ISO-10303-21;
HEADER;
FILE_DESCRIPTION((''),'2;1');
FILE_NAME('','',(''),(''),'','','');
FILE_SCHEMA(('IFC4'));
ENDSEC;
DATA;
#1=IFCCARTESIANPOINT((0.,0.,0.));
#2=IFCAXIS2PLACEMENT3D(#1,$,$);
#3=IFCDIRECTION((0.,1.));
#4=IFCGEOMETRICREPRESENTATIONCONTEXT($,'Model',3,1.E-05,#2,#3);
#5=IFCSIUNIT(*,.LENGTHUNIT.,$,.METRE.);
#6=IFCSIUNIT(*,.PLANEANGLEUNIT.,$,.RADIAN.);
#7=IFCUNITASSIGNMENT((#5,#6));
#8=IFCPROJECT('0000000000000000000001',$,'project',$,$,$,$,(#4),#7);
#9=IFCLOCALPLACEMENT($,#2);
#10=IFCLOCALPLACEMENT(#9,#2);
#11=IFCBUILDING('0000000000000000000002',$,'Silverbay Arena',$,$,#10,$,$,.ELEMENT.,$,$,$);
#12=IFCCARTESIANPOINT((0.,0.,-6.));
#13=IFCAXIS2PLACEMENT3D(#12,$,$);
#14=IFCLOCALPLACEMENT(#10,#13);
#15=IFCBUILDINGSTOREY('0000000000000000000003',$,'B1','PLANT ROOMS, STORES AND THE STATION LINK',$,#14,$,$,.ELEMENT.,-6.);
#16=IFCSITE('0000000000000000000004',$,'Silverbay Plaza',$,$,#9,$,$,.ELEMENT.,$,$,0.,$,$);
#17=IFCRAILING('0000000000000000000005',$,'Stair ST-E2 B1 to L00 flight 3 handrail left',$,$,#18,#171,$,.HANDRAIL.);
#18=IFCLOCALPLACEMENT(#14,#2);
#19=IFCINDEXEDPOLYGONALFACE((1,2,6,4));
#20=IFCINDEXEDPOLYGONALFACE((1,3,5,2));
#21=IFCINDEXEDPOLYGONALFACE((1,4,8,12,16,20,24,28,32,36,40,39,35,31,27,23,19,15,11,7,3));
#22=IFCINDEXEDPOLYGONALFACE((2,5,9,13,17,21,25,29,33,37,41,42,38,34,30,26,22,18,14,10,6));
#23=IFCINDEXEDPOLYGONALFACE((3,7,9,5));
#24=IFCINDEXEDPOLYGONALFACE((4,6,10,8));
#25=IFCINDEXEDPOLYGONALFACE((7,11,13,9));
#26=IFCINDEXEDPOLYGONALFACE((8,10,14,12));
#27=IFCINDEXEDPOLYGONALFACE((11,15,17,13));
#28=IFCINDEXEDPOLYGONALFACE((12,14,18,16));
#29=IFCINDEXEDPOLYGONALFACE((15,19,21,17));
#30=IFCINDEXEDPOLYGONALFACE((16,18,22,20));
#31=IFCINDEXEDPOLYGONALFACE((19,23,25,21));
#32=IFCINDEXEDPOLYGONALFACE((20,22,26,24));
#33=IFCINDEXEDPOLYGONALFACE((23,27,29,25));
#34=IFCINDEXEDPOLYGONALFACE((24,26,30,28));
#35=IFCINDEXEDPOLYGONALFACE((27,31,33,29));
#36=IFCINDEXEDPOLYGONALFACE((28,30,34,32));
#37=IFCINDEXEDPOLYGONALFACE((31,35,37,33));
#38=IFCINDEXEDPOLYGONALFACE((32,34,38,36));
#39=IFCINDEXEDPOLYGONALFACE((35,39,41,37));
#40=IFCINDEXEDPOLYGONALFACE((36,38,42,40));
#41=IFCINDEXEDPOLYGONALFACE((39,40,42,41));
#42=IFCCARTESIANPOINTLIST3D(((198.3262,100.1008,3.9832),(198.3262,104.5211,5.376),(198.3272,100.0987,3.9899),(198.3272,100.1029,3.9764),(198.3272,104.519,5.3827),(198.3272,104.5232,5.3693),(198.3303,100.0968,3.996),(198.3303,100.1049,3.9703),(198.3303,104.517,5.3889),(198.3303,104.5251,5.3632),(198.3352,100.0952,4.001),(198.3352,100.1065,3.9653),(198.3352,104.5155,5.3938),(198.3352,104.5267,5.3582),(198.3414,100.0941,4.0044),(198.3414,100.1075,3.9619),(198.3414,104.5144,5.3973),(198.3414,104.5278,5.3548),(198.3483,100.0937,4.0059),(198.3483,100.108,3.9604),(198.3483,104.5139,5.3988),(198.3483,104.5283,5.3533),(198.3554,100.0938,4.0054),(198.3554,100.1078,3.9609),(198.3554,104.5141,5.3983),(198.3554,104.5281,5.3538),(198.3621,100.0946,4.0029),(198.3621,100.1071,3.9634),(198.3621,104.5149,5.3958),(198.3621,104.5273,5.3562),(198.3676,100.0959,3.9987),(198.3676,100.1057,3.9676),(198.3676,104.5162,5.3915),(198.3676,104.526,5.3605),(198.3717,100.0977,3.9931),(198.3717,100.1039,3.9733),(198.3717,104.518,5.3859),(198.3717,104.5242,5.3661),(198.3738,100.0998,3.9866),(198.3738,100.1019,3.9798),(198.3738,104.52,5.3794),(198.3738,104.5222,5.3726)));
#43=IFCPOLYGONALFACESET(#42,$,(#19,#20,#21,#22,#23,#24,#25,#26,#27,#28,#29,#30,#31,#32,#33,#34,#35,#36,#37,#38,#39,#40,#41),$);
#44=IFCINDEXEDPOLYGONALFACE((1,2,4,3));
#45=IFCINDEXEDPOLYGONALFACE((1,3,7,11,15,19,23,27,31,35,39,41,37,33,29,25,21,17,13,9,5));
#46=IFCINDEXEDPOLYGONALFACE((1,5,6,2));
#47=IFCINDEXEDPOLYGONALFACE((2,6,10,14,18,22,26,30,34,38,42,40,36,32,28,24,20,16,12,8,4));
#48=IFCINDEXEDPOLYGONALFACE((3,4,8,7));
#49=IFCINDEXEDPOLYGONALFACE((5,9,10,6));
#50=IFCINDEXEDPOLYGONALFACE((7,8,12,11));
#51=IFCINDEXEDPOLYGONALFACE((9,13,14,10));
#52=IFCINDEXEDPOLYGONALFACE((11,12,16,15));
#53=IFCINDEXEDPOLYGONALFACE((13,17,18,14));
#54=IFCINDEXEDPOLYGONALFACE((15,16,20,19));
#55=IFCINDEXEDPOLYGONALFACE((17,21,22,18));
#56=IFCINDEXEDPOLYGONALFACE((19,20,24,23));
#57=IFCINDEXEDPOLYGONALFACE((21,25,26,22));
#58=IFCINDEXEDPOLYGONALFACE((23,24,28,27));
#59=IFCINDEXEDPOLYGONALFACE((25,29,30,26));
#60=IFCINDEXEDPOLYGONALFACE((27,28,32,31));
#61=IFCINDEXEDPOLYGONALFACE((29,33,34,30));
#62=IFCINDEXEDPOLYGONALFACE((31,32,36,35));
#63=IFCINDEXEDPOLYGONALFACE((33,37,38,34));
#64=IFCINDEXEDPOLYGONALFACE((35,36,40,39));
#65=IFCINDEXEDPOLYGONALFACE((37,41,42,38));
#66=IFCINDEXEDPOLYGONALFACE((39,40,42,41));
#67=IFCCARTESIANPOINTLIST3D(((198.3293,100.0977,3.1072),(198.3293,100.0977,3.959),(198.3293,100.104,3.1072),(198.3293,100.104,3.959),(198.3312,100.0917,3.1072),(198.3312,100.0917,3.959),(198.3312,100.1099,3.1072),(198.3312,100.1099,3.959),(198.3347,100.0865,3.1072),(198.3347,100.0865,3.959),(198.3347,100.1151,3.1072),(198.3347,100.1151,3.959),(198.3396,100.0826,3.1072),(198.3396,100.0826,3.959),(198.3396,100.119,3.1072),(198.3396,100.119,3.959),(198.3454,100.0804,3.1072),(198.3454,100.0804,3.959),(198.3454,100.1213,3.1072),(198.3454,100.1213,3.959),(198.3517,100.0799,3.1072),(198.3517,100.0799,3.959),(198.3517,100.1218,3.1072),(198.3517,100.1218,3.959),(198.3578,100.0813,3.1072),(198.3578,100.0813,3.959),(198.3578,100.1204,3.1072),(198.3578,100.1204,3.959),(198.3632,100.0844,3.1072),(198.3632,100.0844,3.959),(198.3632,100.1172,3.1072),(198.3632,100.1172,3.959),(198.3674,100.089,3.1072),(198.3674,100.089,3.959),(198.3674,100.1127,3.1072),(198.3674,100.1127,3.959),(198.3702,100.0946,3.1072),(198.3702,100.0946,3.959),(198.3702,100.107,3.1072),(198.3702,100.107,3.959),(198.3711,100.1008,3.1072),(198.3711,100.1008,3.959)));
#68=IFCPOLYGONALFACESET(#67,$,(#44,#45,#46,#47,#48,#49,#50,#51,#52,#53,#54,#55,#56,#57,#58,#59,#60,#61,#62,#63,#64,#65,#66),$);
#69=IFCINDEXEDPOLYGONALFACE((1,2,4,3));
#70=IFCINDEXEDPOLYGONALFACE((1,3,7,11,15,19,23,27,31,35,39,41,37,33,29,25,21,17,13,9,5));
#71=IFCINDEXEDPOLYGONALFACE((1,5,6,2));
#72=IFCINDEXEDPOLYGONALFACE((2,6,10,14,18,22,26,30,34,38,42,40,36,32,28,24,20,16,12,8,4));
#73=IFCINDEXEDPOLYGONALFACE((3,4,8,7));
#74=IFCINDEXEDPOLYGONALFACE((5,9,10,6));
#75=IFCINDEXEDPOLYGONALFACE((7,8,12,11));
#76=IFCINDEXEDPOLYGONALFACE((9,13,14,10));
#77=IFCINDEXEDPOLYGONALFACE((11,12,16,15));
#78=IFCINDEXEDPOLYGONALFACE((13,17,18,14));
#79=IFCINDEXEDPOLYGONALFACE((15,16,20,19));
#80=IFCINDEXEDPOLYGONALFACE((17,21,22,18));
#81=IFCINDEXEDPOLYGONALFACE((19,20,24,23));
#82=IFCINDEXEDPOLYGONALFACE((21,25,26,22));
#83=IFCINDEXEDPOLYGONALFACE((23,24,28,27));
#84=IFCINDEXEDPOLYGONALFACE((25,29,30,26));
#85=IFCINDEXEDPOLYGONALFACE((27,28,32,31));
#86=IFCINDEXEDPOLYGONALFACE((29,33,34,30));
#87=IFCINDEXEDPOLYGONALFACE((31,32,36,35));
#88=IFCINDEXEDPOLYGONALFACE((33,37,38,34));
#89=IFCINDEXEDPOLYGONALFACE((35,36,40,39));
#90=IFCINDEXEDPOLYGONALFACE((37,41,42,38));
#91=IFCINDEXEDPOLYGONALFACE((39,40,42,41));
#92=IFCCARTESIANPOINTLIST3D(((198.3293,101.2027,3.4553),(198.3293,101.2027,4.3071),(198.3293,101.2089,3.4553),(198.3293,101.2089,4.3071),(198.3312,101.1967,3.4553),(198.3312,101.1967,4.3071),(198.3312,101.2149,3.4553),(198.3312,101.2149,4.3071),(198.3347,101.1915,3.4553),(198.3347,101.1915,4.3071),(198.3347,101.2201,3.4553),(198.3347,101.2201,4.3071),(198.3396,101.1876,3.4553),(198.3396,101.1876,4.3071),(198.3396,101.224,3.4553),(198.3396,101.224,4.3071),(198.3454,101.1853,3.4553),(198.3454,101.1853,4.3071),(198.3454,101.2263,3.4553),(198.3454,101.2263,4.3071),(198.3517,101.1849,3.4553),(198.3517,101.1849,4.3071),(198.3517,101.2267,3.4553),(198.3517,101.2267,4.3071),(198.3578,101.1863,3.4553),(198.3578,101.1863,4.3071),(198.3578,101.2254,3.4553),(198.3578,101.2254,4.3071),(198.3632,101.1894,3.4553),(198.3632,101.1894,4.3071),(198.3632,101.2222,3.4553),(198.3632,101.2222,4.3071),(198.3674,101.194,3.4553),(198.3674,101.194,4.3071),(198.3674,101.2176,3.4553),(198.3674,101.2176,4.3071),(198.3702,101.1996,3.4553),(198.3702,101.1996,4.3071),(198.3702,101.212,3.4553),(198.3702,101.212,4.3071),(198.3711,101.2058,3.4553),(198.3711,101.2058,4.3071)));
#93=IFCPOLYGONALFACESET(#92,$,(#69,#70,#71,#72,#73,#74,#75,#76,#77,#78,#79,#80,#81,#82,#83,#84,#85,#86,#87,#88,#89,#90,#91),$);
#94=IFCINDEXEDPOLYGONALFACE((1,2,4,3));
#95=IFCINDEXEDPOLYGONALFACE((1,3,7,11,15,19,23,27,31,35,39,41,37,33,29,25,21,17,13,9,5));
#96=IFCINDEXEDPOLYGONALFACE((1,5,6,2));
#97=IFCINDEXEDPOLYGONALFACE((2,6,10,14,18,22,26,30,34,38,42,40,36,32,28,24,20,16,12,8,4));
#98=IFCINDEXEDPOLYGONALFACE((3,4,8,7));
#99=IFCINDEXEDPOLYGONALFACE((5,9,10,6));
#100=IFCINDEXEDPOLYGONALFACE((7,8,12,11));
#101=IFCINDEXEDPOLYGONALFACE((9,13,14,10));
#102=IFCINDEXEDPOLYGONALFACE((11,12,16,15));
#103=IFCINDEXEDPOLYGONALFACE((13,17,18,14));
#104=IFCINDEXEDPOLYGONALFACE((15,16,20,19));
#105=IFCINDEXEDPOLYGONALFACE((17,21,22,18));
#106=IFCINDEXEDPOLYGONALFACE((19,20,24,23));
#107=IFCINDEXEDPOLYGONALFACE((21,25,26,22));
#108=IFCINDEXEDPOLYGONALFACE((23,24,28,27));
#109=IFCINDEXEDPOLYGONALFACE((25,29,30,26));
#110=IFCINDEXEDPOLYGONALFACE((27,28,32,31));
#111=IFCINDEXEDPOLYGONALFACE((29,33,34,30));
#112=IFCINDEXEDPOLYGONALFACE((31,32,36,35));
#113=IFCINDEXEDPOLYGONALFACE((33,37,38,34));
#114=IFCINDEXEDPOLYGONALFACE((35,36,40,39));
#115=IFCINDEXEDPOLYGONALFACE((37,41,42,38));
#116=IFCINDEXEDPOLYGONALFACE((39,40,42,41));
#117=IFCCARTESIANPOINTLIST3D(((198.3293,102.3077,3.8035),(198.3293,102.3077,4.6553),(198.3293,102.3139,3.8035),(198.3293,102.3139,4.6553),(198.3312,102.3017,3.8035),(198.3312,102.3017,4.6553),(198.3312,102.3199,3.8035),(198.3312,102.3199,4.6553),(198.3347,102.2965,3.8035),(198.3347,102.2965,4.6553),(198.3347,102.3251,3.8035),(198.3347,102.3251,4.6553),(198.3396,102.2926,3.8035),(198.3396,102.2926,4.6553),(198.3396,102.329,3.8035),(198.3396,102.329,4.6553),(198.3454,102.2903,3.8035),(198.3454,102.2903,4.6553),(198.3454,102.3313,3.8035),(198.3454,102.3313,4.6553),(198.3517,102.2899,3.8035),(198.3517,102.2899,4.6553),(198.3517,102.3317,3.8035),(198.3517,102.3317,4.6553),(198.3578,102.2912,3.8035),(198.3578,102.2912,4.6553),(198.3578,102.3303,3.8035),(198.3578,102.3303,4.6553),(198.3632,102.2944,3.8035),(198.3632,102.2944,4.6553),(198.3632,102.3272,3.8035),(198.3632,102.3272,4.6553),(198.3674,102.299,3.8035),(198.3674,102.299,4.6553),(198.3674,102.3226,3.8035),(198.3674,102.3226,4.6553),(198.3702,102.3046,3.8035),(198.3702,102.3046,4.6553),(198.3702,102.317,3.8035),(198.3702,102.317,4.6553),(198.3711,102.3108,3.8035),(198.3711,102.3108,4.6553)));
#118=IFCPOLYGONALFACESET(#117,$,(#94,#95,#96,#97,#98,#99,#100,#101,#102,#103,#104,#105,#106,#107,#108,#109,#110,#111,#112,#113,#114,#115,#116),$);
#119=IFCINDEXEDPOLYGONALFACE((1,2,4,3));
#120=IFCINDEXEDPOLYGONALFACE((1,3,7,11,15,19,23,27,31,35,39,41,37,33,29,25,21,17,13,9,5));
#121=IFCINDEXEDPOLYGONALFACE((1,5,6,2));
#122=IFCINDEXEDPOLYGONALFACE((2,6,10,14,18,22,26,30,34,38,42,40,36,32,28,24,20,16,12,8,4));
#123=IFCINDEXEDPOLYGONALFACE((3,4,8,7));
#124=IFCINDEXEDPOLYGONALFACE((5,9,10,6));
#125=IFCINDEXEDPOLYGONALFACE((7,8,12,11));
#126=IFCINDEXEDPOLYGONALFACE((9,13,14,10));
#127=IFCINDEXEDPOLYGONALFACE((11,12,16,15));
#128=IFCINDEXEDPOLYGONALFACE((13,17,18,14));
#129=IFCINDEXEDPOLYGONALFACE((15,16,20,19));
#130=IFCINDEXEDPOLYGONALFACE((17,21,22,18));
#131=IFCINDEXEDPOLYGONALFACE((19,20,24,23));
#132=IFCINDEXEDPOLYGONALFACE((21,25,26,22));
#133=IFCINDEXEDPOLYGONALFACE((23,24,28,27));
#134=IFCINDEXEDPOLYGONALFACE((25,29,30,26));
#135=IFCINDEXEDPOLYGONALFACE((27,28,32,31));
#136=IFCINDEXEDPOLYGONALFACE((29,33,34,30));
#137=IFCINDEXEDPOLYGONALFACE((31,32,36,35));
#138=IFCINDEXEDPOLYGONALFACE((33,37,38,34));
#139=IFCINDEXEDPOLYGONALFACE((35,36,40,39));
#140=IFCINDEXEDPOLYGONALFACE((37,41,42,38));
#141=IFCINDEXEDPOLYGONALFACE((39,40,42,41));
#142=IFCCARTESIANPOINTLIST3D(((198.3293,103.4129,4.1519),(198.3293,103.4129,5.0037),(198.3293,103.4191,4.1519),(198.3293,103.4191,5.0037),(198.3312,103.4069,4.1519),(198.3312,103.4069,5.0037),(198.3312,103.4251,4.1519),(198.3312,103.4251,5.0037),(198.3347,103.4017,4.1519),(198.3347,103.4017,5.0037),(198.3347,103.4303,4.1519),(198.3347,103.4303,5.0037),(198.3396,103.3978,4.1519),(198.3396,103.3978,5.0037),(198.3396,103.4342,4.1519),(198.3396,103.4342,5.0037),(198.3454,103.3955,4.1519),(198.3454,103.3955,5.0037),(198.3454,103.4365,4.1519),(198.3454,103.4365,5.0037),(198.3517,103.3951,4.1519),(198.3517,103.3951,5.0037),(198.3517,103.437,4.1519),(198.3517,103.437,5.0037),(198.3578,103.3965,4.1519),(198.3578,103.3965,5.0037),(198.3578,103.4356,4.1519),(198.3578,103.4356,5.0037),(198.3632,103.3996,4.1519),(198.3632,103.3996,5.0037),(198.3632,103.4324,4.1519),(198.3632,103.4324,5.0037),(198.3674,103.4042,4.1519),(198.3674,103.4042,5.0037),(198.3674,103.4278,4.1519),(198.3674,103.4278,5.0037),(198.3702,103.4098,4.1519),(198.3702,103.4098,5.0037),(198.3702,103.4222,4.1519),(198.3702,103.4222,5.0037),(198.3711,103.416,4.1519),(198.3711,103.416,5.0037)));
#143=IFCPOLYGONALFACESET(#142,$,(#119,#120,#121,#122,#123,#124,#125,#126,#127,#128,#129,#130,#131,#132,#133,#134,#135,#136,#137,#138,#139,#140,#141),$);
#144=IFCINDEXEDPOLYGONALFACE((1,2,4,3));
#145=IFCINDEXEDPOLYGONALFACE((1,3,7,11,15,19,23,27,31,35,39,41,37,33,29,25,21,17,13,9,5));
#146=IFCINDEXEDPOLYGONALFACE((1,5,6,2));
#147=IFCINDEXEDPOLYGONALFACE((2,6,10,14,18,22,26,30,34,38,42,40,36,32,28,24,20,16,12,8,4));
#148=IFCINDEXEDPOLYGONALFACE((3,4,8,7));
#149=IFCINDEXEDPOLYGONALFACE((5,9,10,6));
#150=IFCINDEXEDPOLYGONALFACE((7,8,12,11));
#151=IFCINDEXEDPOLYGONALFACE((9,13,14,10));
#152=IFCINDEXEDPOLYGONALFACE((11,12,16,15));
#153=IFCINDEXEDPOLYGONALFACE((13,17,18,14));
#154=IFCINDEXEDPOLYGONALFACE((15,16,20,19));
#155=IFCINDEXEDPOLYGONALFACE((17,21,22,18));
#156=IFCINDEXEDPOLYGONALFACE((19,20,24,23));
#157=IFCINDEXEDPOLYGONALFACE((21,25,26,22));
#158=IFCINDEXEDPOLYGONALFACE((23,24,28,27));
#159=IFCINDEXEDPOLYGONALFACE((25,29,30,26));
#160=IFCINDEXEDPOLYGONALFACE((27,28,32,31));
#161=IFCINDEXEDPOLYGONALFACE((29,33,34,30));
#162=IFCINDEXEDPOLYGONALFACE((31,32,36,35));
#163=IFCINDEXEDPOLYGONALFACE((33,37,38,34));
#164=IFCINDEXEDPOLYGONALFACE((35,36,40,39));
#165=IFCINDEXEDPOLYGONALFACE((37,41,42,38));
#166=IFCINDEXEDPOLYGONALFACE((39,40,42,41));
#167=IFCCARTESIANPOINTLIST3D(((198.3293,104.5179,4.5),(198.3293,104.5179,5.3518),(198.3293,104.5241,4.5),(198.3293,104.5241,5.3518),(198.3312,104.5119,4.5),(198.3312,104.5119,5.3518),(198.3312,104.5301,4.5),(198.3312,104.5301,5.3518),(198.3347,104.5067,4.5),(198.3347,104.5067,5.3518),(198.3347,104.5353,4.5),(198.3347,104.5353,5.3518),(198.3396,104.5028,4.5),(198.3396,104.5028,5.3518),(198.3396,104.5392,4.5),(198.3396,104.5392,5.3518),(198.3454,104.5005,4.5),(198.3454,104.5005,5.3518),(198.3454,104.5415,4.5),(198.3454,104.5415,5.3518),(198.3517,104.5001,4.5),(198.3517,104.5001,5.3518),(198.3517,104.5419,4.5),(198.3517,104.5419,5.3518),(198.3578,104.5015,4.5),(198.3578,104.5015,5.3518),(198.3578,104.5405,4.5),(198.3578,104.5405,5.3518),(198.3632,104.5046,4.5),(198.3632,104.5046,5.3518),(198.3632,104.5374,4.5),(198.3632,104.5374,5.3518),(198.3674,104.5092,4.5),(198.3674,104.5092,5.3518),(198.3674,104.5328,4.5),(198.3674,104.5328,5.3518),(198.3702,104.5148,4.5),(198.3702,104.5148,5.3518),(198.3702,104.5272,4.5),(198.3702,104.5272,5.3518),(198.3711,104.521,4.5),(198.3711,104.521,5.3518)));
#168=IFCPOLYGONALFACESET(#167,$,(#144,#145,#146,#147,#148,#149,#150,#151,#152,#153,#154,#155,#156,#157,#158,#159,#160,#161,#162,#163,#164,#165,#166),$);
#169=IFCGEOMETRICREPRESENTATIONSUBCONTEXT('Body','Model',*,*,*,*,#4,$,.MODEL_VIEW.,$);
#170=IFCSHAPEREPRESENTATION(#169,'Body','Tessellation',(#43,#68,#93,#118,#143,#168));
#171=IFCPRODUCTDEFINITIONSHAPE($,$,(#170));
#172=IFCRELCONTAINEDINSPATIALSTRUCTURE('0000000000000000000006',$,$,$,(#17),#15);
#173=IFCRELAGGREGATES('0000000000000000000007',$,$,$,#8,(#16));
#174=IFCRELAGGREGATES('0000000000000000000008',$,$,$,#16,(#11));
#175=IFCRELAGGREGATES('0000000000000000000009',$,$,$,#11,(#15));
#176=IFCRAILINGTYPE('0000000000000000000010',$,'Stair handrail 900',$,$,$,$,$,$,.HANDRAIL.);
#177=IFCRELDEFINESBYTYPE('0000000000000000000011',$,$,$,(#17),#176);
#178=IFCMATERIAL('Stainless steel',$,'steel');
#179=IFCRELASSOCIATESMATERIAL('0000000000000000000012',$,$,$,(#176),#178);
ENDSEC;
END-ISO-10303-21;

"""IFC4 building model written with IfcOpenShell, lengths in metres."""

from ifc_helpers import new_model, si_unit, direction, frame, origin, origin_2d, place, context, subcontext, project, spatial, circle, extrude, material, type_object, element, save


model = new_model("IFC4")

# Units and contexts
model_context = context("Model", 3, precision=1e-05, world=origin(), true_north=direction((0.0, 1.0)))
body_context = subcontext(model_context, "Body", "Model", "MODEL_VIEW")
ifc_project = project(units=[si_unit("LENGTHUNIT", "METRE"), si_unit("PLANEANGLEUNIT", "RADIAN")], contexts=[model_context])

# Site, building, storey
site_placement = place(None, origin())
site = spatial("IfcSite", under=ifc_project, at=site_placement, Name="Silverbay Plaza", CompositionType="ELEMENT", RefElevation=0.0)
building_placement = place(site_placement, origin())
building = spatial("IfcBuilding", under=site, at=building_placement, Name="Silverbay Arena", CompositionType="ELEMENT")
storey_placement = place(building_placement, frame((0.0, 0.0, -6.0)))
storey = spatial("IfcBuildingStorey", under=building, at=storey_placement, Name="B1", Description="PLANT ROOMS, STORES AND THE STATION LINK", CompositionType="ELEMENT", Elevation=-6.0)

# Railing
ifc_material_1 = material(Name="Stainless steel", Category="steel")
railing_type_1 = type_object("IfcRailingType", Name="Stair handrail 900", PredefinedType="HANDRAIL", material=ifc_material_1)
for number, where, name in (
    (1, (198.3501, 100.1008, 3.1072), "Stair ST-E2 B1 to L00 flight 3 handrail left"),
):
    element("IfcRailing", number, at=place(storey_placement, frame(where)), inside=storey, type_object=railing_type_1, Name=name, PredefinedType="HANDRAIL", context=body_context, shape_type="SweptSolid", body=[
        extrude(circle(Radius=0.0239, at=origin_2d()), frame((0.0, 0.0, 0.876), z_axis=(0.0, 0.95377, 0.300539), x_axis=(-1.0, 0.0, 0.0)), (0.0, 0.0, 1.0), 4.6345),
        extrude(circle(Radius=0.021, at=origin_2d()), origin(), (0.0, 0.0, 1.0), 0.8518),
        extrude(circle(Radius=0.021, at=origin_2d()), frame((0.0, 1.105, 0.3481)), (0.0, 0.0, 1.0), 0.8518),
        extrude(circle(Radius=0.021, at=origin_2d()), frame((0.0, 2.21, 0.6963)), (0.0, 0.0, 1.0), 0.8518),
        extrude(circle(Radius=0.021, at=origin_2d()), frame((0.0, 3.3152, 1.0447)), (0.0, 0.0, 1.0), 0.8518),
        extrude(circle(Radius=0.021, at=origin_2d()), frame((0.0, 4.4202, 1.3928)), (0.0, 0.0, 1.0), 0.8518),
    ])

save(model, "model.ifc")
